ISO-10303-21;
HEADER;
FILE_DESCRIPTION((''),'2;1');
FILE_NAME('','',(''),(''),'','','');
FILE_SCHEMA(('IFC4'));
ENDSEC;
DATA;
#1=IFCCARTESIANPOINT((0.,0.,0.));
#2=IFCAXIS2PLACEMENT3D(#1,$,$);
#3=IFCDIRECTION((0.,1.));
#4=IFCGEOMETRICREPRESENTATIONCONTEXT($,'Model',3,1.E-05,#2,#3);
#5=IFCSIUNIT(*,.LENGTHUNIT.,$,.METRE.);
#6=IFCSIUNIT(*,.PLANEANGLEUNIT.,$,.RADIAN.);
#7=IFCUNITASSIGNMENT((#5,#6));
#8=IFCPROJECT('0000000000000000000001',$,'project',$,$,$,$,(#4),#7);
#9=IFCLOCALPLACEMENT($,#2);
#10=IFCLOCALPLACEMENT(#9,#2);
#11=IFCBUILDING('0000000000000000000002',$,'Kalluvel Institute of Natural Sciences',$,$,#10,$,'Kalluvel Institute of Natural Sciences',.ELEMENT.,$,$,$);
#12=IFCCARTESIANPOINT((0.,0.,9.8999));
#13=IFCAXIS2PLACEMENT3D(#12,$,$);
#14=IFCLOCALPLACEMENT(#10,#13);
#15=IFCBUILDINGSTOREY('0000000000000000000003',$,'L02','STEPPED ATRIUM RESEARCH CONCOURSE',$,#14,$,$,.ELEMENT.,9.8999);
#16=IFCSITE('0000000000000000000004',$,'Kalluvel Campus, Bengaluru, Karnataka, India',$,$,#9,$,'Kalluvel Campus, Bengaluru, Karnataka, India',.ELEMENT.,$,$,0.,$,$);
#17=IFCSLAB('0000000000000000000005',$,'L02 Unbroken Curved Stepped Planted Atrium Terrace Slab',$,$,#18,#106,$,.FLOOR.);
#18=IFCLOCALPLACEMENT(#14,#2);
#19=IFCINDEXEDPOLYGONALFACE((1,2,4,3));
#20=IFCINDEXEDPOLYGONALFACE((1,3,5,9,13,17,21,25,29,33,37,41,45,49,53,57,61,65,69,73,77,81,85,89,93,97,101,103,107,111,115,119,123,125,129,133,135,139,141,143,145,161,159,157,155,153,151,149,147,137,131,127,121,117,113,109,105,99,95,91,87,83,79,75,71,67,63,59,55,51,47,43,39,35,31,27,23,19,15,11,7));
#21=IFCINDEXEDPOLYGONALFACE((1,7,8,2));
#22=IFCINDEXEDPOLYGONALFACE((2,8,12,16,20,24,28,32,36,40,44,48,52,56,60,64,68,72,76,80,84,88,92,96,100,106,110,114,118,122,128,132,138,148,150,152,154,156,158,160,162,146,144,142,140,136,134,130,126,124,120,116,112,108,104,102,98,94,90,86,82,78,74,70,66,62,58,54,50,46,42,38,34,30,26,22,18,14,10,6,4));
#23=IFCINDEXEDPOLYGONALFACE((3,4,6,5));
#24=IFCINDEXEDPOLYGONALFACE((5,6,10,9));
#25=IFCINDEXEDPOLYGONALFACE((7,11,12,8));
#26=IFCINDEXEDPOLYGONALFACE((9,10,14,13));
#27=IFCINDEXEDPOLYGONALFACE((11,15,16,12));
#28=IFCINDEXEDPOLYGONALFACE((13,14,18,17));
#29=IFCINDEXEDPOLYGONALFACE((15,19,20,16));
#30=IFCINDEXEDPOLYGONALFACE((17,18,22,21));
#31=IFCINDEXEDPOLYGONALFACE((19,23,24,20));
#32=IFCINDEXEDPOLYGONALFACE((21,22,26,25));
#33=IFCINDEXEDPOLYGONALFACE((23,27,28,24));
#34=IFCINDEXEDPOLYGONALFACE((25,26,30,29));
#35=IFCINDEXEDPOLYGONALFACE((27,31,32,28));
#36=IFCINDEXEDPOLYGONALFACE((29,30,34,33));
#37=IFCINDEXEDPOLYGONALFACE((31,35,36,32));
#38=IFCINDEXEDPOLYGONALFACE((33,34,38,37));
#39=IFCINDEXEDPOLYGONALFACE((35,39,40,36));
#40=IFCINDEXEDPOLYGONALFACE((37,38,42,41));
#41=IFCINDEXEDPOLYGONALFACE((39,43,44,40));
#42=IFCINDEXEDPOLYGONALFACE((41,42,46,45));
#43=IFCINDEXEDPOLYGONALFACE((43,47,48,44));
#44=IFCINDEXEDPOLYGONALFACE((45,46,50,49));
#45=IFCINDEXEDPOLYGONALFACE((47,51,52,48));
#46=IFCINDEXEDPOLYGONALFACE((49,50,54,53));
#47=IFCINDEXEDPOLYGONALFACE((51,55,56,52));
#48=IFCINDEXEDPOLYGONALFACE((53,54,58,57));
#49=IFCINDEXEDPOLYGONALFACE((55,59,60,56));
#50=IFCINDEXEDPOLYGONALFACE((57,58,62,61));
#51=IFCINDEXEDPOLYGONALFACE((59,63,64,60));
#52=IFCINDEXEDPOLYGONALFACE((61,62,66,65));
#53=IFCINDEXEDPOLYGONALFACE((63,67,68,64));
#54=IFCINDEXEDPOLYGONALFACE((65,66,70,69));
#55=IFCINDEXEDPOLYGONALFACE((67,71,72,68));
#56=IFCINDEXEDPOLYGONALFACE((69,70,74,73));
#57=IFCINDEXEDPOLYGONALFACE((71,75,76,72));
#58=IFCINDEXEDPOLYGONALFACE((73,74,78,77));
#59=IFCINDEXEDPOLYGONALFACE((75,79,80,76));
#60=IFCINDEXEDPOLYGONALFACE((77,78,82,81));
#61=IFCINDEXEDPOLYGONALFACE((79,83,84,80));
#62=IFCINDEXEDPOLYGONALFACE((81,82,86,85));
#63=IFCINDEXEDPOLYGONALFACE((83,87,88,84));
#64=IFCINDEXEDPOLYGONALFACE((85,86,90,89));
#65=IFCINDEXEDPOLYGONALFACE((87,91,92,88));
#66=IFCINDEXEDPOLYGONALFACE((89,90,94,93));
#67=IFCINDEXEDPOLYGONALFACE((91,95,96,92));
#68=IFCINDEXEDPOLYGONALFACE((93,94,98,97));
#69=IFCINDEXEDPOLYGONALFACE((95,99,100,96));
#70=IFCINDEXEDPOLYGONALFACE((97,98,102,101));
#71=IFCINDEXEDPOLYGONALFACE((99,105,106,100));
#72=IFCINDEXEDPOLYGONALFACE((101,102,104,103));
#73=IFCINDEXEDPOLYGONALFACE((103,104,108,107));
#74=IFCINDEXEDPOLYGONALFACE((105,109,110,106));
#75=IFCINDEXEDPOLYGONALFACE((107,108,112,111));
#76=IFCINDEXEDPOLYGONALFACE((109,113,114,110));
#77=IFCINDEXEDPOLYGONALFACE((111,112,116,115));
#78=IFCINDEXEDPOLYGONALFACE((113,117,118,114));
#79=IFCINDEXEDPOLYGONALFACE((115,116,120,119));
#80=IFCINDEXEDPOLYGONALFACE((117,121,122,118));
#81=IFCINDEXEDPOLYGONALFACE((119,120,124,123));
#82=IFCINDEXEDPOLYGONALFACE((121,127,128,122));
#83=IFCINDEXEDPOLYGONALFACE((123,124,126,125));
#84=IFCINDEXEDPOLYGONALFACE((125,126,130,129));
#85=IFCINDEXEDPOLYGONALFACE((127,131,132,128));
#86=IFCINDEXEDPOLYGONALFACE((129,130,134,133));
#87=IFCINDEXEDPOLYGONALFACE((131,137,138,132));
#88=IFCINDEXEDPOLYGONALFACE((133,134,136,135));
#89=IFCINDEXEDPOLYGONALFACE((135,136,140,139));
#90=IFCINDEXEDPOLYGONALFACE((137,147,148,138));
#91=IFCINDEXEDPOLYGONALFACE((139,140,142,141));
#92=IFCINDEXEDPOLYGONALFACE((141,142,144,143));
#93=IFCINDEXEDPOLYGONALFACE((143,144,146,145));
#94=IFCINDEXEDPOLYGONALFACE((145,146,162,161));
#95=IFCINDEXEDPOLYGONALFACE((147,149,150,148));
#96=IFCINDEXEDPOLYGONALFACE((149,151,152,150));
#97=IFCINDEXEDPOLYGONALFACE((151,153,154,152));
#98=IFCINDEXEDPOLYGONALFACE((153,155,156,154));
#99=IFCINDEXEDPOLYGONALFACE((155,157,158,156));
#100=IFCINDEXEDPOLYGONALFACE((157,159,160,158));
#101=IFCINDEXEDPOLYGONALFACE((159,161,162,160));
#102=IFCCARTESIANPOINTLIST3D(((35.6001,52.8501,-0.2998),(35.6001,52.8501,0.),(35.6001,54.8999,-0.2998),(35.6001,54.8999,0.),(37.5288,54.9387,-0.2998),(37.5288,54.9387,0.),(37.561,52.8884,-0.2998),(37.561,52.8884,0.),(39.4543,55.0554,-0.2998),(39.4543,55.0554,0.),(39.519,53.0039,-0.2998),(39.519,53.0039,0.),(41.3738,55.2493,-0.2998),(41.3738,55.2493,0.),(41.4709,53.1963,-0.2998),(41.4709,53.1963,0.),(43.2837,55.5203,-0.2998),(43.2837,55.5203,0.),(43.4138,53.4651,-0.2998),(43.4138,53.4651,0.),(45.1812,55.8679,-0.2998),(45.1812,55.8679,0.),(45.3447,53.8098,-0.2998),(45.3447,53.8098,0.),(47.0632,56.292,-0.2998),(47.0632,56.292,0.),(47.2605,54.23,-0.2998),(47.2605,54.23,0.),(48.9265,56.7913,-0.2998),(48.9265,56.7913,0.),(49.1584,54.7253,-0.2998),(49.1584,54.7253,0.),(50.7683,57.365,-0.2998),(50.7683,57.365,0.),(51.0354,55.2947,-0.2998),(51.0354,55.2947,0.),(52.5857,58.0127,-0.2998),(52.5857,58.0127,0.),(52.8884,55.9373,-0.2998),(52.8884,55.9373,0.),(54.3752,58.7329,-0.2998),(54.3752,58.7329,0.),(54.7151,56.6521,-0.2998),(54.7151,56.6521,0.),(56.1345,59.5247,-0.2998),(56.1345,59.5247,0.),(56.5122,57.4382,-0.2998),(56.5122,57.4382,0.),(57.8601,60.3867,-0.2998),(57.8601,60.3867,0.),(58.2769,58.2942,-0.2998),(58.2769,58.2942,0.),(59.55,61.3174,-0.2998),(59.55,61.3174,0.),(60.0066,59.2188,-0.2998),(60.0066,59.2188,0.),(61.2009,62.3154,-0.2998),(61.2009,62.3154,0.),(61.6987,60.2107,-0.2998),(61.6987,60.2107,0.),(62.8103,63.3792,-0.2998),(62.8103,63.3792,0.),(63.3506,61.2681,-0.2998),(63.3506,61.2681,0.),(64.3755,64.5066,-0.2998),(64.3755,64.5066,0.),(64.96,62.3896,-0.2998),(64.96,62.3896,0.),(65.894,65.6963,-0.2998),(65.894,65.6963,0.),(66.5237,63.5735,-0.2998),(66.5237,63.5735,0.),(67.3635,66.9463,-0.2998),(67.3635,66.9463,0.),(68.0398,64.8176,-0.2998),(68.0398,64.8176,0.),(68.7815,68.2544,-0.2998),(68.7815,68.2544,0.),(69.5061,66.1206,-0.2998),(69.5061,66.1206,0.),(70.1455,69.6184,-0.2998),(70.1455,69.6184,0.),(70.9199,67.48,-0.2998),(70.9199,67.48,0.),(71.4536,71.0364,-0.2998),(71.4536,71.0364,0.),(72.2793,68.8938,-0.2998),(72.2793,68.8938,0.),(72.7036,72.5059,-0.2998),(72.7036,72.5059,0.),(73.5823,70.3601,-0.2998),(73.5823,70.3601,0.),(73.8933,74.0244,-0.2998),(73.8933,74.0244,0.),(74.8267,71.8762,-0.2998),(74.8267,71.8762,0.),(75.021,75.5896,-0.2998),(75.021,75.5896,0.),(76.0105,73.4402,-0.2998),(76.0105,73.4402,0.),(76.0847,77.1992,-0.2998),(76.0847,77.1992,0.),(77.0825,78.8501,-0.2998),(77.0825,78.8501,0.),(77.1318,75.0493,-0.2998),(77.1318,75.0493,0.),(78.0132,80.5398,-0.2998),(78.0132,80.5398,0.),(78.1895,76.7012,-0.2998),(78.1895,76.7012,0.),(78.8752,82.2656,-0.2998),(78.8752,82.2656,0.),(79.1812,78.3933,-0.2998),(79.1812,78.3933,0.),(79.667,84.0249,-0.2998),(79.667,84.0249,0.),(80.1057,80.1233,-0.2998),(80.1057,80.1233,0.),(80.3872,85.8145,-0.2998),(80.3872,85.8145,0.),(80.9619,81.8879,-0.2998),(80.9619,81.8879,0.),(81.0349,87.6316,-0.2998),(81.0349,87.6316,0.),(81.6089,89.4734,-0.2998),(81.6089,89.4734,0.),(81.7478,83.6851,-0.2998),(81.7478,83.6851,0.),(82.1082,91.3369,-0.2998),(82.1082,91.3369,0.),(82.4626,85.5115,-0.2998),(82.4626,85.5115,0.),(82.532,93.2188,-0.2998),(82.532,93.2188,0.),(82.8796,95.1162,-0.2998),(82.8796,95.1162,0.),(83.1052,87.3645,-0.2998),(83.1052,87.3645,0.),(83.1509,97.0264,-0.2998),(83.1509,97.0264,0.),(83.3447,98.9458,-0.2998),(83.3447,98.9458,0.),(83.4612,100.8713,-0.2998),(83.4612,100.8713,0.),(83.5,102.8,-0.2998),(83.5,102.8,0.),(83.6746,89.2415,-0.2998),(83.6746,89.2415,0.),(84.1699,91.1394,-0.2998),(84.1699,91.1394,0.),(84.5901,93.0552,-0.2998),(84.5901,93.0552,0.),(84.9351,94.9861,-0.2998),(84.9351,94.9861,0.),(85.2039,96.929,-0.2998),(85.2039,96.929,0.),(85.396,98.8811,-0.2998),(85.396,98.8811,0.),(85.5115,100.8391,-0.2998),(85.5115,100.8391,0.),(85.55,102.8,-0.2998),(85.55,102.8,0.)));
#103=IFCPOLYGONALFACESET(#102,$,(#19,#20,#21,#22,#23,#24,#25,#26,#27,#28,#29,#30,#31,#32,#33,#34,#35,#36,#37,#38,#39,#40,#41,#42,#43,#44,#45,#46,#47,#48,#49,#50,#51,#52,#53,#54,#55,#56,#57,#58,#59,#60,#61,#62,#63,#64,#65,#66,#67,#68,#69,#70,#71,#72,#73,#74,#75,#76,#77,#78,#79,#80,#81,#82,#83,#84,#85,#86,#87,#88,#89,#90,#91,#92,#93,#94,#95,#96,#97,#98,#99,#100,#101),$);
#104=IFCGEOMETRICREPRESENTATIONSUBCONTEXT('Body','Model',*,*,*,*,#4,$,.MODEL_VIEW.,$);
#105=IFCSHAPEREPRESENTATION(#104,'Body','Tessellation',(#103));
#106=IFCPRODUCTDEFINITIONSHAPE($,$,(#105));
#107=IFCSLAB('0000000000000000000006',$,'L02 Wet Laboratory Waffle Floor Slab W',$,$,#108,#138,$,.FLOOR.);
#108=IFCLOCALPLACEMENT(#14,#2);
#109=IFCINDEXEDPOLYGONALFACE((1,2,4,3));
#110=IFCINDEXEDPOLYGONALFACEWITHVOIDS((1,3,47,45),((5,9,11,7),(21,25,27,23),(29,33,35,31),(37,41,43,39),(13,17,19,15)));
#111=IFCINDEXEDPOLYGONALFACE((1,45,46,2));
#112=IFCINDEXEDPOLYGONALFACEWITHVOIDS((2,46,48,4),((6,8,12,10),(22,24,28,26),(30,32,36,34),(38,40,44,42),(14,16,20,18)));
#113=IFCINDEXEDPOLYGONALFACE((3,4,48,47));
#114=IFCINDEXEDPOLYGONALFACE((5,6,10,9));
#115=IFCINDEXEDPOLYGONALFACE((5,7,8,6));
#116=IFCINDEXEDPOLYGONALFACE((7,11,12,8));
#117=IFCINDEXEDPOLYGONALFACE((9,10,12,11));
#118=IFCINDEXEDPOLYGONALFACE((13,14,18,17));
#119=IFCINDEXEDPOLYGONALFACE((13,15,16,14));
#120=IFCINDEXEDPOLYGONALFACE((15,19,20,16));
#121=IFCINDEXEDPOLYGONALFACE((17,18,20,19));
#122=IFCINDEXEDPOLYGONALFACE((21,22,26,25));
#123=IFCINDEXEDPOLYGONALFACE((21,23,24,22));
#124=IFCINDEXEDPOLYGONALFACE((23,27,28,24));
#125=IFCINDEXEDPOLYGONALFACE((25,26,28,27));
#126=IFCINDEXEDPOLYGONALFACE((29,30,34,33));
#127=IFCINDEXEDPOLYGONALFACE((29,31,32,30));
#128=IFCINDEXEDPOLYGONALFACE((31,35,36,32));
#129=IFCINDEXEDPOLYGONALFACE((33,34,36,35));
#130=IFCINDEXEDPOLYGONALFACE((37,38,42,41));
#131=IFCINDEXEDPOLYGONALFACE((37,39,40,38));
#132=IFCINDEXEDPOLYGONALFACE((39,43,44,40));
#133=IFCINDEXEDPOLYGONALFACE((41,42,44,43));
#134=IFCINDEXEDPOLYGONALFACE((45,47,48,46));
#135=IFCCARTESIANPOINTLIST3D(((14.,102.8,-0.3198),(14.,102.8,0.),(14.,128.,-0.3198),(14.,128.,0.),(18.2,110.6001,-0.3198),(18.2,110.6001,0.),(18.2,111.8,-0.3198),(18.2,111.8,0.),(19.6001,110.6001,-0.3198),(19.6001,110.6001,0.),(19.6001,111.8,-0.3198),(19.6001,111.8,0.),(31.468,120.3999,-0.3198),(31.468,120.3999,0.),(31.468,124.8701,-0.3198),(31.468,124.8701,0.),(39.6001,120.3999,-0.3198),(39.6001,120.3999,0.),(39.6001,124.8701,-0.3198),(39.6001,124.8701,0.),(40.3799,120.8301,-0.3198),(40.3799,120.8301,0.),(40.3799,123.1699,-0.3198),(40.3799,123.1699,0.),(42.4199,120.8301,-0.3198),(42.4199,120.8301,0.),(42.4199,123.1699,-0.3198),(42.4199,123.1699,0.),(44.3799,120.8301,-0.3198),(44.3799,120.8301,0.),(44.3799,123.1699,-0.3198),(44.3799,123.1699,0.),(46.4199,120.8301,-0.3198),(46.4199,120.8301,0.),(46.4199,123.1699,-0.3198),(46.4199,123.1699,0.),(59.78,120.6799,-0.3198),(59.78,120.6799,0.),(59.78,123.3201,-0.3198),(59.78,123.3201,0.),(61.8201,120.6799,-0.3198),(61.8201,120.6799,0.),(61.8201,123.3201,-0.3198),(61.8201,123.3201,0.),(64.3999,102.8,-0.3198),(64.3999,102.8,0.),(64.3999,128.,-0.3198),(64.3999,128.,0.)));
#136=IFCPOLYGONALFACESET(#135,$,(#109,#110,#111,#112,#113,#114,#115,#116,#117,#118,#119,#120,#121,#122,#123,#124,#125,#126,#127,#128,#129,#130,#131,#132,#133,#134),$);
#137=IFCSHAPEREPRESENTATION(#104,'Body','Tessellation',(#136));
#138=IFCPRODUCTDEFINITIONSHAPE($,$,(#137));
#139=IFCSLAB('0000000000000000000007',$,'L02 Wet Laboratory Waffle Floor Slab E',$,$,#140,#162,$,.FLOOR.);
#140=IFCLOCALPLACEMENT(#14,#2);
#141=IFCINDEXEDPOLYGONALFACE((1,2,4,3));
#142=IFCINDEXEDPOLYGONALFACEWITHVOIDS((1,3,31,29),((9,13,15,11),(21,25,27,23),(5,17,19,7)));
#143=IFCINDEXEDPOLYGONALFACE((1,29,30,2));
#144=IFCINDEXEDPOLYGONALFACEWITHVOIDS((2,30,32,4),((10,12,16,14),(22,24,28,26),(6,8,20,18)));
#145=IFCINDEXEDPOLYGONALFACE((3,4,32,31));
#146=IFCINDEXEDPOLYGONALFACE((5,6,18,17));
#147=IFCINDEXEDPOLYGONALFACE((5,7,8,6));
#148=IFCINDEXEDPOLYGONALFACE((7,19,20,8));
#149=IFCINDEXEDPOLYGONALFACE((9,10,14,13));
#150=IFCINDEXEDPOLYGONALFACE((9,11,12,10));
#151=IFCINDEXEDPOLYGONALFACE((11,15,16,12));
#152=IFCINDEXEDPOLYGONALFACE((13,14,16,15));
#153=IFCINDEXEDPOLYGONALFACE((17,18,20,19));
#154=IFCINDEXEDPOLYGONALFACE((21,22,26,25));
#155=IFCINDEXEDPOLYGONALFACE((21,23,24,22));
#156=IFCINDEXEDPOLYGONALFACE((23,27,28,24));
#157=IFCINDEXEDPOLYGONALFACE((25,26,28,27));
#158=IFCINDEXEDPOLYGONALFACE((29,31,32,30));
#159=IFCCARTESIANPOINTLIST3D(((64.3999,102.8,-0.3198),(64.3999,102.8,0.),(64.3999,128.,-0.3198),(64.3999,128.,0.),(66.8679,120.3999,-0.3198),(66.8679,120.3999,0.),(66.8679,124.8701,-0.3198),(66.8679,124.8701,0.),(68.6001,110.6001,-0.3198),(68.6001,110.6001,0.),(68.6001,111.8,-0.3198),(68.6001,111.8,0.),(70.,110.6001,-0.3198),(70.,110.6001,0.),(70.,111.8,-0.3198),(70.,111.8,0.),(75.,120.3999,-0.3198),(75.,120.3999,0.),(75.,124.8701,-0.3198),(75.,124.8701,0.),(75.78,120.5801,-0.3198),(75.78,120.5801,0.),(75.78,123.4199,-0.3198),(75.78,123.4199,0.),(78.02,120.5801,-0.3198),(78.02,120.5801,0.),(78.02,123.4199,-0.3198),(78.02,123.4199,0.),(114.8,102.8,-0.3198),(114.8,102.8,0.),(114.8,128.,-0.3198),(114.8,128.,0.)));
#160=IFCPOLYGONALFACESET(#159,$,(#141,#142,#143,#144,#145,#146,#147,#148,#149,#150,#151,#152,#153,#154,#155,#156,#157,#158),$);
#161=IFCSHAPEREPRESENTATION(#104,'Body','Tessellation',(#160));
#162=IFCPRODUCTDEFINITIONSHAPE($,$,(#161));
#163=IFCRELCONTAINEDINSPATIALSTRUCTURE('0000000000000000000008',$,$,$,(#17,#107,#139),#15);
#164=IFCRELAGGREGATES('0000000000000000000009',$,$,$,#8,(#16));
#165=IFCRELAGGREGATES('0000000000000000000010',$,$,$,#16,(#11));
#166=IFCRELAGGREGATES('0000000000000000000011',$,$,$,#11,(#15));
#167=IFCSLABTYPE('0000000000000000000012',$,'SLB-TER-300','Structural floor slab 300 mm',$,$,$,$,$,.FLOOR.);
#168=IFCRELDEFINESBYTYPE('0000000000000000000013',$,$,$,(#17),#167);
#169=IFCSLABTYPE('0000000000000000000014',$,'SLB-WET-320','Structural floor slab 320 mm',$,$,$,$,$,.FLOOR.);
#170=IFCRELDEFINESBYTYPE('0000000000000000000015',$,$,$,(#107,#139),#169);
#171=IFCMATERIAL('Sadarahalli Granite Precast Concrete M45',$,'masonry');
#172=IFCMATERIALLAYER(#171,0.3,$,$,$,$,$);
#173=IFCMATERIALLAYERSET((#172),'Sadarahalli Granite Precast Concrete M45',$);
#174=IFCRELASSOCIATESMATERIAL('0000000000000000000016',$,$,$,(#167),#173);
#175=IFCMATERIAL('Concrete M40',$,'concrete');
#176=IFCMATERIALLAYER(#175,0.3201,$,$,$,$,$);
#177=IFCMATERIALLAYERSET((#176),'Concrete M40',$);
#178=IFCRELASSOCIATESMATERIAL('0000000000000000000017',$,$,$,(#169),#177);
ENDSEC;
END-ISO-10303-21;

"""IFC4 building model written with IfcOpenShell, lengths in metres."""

from ifc_helpers import new_model, si_unit, direction, frame, origin, place, context, subcontext, project, spatial, polyline, outline, extrude, material, layer, layer_set, type_object, element, save


model = new_model("IFC4")

# Units and contexts
model_context = context("Model", 3, precision=1e-05, world=origin(), true_north=direction((0.0, 1.0)))
body_context = subcontext(model_context, "Body", "Model", "MODEL_VIEW")
ifc_project = project(units=[si_unit("LENGTHUNIT", "METRE"), si_unit("PLANEANGLEUNIT", "RADIAN")], contexts=[model_context])

# Site, building, storey
site_placement = place(None, origin())
site = spatial("IfcSite", under=ifc_project, at=site_placement, Name="Kalluvel Campus, Bengaluru, Karnataka, India", LongName="Kalluvel Campus, Bengaluru, Karnataka, India", CompositionType="ELEMENT", RefElevation=0.0)
building_placement = place(site_placement, origin())
building = spatial("IfcBuilding", under=site, at=building_placement, Name="Kalluvel Institute of Natural Sciences", LongName="Kalluvel Institute of Natural Sciences", CompositionType="ELEMENT")
storey_placement = place(building_placement, frame((0.0, 0.0, 9.8999)))
storey = spatial("IfcBuildingStorey", under=building, at=storey_placement, Name="L02", Description="STEPPED ATRIUM RESEARCH CONCOURSE", CompositionType="ELEMENT", Elevation=9.8999)

# Shared definitions
ifc_material_1 = material(Name="Concrete M40", Category="concrete")

# Slabs
ifc_material_2 = material(Name="Sadarahalli Granite Precast Concrete M45", Category="masonry")
ifc_layer_1 = layer(ifc_material_2, 0.3)
ifc_layer_set_1 = layer_set([ifc_layer_1], Name="Sadarahalli Granite Precast Concrete M45")
slab_type_1 = type_object("IfcSlabType", Name="SLB-TER-300", Description="Structural floor slab 300 mm", PredefinedType="FLOOR", material=ifc_layer_set_1)
slab_1_placement = place(storey_placement, frame((0.0, 0.0, -0.2998)))
element("IfcSlab", 1, at=slab_1_placement, inside=storey, type_object=slab_type_1, Name="L02 Unbroken Curved Stepped Planted Atrium Terrace Slab", PredefinedType="FLOOR", context=body_context, shape_type="SweptSolid", body=[
    extrude(outline(polyline([(35.6001, 52.8501), (37.561, 52.8884), (39.519, 53.0039), (41.4709, 53.1963), (43.4138, 53.4651), (45.3447, 53.8098), (47.2605, 54.23), (49.1584, 54.7253), (51.0354, 55.2947), (52.8884, 55.9373), (54.7151, 56.6521), (56.5122, 57.4382), (58.2769, 58.2942), (60.0066, 59.2188), (61.6987, 60.2107), (63.3506, 61.2681), (64.96, 62.3896), (66.5237, 63.5735), (68.0398, 64.8176), (69.5061, 66.1206), (70.9199, 67.48), (72.2793, 68.8938), (73.5823, 70.3601), (74.8267, 71.8762), (76.0105, 73.4402), (77.1318, 75.0493), (78.1895, 76.7012), (79.1812, 78.3933), (80.1057, 80.1233), (80.9619, 81.8879), (81.7478, 83.6851), (82.4626, 85.5115), (83.1052, 87.3645), (83.6746, 89.2415), (84.1699, 91.1394), (84.5901, 93.0552), (84.9351, 94.9861), (85.2039, 96.929), (85.396, 98.8811), (85.5115, 100.8391), (85.55, 102.8), (83.5, 102.8), (83.4612, 100.8713), (83.3447, 98.9458), (83.1509, 97.0264), (82.8796, 95.1162), (82.532, 93.2188), (82.1082, 91.3369), (81.6089, 89.4734), (81.0349, 87.6316), (80.3872, 85.8145), (79.667, 84.0249), (78.8752, 82.2656), (78.0132, 80.5398), (77.0825, 78.8501), (76.0847, 77.1992), (75.021, 75.5896), (73.8933, 74.0244), (72.7036, 72.5059), (71.4536, 71.0364), (70.1455, 69.6184), (68.7815, 68.2544), (67.3635, 66.9463), (65.894, 65.6963), (64.3755, 64.5066), (62.8103, 63.3792), (61.2009, 62.3154), (59.55, 61.3174), (57.8601, 60.3867), (56.1345, 59.5247), (54.3752, 58.7329), (52.5857, 58.0127), (50.7683, 57.365), (48.9265, 56.7913), (47.0632, 56.292), (45.1812, 55.8679), (43.2837, 55.5203), (41.3738, 55.2493), (39.4543, 55.0554), (37.5288, 54.9387), (35.6001, 54.8999), (35.6001, 52.8501)])), origin(), (0.0, 0.0, 1.0), 0.2998),
])
ifc_layer_2 = layer(ifc_material_1, 0.3201)
ifc_layer_set_2 = layer_set([ifc_layer_2], Name="Concrete M40")
slab_type_2 = type_object("IfcSlabType", Name="SLB-WET-320", Description="Structural floor slab 320 mm", PredefinedType="FLOOR", material=ifc_layer_set_2)
slab_2_placement = place(storey_placement, frame((0.0, 0.0, -0.3198)))
element("IfcSlab", 2, at=slab_2_placement, inside=storey, type_object=slab_type_2, Name="L02 Wet Laboratory Waffle Floor Slab W", PredefinedType="FLOOR", context=body_context, shape_type="SweptSolid", body=[
    extrude(outline(polyline([(14.0, 102.8), (64.3999, 102.8), (64.3999, 128.0), (14.0, 128.0), (14.0, 102.8)]), holes=[polyline([(61.8201, 120.6799), (59.78, 120.6799), (59.78, 123.3201), (61.8201, 123.3201), (61.8201, 120.6799)]), polyline([(46.4199, 123.1699), (46.4199, 120.8301), (44.3799, 120.8301), (44.3799, 123.1699), (46.4199, 123.1699)]), polyline([(42.4199, 123.1699), (42.4199, 120.8301), (40.3799, 120.8301), (40.3799, 123.1699), (42.4199, 123.1699)]), polyline([(39.6001, 120.3999), (31.468, 120.3999), (31.468, 124.8701), (39.6001, 124.8701), (39.6001, 120.3999)]), polyline([(19.6001, 111.8), (19.6001, 110.6001), (18.2, 110.6001), (18.2, 111.8), (19.6001, 111.8)])]), origin(), (0.0, 0.0, 1.0), 0.3198),
])
slab_3_placement = place(storey_placement, frame((0.0, 0.0, -0.3198)))
element("IfcSlab", 3, at=slab_3_placement, inside=storey, type_object=slab_type_2, Name="L02 Wet Laboratory Waffle Floor Slab E", PredefinedType="FLOOR", context=body_context, shape_type="SweptSolid", body=[
    extrude(outline(polyline([(64.3999, 102.8), (114.8, 102.8), (114.8, 128.0), (64.3999, 128.0), (64.3999, 102.8)]), holes=[polyline([(78.02, 123.4199), (78.02, 120.5801), (75.78, 120.5801), (75.78, 123.4199), (78.02, 123.4199)]), polyline([(75.0, 124.8701), (75.0, 120.3999), (66.8679, 120.3999), (66.8679, 124.8701), (75.0, 124.8701)]), polyline([(68.6001, 111.8), (70.0, 111.8), (70.0, 110.6001), (68.6001, 110.6001), (68.6001, 111.8)])]), origin(), (0.0, 0.0, 1.0), 0.3198),
])

save(model, "model.ifc")
